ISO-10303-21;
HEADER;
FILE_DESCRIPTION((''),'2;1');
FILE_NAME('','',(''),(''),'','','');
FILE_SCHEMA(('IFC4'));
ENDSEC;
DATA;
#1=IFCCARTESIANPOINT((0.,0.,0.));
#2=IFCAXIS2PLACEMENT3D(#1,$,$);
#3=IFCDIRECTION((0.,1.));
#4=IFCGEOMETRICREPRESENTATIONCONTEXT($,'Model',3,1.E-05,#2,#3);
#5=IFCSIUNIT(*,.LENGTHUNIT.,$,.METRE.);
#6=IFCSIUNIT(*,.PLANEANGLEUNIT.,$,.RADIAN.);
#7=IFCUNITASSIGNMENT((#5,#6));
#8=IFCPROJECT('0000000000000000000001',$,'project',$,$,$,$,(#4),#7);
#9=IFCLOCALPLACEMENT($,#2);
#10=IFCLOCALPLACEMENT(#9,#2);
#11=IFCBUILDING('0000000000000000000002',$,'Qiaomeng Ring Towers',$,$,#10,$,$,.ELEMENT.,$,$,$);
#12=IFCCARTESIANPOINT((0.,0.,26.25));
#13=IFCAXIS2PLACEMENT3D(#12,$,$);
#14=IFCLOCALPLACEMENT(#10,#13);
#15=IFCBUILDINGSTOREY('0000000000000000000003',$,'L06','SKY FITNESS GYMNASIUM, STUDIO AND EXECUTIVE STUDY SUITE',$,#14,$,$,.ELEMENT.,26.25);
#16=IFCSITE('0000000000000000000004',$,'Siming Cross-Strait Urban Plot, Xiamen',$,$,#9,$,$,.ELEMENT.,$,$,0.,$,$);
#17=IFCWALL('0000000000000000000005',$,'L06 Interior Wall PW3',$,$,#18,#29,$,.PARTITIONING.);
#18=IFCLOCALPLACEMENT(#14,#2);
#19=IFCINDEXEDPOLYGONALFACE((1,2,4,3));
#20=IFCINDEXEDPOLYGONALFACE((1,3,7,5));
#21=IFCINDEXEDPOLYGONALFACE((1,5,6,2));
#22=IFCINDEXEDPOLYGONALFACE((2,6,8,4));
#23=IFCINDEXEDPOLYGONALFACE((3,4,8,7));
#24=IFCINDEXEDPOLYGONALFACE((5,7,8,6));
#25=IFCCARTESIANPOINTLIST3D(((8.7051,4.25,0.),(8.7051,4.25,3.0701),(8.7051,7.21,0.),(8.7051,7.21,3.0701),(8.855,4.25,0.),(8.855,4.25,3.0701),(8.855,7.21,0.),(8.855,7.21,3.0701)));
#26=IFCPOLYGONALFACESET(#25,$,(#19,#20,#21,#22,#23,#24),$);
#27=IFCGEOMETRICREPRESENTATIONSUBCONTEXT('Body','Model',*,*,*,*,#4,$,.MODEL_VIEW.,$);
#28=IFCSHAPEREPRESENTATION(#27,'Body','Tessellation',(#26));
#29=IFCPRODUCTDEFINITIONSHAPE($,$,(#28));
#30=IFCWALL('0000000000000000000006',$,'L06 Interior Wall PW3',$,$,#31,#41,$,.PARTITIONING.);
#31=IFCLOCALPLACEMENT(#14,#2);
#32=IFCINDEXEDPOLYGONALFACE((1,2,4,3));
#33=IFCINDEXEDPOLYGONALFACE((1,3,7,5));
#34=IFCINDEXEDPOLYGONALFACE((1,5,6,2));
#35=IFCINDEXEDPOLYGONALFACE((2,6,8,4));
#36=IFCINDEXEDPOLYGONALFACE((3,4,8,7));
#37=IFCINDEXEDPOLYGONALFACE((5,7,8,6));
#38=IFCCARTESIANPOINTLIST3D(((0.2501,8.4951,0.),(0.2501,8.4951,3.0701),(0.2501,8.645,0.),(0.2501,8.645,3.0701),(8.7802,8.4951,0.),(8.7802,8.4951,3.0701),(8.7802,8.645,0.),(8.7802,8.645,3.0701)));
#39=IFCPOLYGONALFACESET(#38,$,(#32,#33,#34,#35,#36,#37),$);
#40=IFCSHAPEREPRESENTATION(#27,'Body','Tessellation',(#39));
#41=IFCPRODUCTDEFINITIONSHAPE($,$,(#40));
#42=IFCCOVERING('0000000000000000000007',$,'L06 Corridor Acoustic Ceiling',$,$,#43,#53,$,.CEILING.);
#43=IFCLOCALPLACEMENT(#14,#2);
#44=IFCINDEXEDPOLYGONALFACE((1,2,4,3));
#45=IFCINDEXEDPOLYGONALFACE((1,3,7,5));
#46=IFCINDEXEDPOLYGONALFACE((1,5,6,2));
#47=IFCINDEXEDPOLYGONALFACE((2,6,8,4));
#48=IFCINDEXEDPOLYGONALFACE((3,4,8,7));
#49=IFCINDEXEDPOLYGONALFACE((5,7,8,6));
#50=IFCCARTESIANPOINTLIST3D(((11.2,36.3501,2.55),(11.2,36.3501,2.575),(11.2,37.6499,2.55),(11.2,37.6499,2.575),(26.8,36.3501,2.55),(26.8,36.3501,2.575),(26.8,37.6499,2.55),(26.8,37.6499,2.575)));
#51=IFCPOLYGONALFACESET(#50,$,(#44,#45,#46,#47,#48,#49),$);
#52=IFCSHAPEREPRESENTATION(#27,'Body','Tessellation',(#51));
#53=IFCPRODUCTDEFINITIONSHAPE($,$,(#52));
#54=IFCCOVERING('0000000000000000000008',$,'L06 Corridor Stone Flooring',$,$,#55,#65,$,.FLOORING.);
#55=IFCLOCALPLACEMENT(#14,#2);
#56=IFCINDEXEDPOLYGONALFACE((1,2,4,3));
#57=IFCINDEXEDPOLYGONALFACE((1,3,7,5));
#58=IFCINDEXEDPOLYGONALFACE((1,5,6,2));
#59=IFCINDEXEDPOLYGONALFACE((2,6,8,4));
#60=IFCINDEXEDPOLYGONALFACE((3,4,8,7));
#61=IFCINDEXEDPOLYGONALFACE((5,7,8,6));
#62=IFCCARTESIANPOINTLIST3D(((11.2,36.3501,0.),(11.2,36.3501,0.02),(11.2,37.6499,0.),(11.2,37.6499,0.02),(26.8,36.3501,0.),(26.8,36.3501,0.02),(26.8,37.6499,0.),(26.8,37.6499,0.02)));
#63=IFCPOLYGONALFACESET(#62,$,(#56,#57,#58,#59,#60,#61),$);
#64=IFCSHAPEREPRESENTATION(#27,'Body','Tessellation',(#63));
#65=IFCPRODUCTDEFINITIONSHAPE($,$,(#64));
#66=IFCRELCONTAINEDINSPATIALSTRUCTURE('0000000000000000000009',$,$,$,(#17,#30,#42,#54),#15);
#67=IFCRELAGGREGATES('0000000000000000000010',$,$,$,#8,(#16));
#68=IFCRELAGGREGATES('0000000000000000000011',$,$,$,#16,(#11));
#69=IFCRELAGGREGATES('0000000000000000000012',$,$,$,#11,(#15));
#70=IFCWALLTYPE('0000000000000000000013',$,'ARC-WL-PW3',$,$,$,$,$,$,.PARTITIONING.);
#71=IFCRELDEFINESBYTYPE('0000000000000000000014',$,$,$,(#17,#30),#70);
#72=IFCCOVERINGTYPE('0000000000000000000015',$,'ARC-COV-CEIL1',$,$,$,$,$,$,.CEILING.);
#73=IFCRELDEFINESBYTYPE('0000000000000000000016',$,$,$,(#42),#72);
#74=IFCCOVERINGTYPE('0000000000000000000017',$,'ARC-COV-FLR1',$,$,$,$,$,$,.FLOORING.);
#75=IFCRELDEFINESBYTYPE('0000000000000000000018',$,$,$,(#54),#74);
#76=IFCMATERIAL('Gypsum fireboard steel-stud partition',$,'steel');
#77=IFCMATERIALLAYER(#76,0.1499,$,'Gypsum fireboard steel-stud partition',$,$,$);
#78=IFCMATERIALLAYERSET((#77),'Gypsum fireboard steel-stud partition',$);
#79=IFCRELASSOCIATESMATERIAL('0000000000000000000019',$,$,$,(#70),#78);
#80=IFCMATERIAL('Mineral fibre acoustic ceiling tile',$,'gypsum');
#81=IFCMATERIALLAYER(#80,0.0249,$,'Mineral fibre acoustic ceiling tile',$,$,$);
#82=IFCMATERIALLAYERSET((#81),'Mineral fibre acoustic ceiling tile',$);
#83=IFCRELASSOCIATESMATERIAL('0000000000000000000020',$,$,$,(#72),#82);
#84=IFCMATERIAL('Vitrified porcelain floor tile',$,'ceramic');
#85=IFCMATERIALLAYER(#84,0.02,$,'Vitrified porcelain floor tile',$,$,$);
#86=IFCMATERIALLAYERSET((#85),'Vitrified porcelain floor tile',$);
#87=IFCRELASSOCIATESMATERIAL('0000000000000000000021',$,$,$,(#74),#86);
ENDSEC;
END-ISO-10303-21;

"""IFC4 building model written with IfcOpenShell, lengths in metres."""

from ifc_helpers import new_model, si_unit, direction, frame, frame_2d, origin, place, context, subcontext, project, spatial, polyline, rectangle, outline, extrude, material, layer, layer_set, type_object, element, save


model = new_model("IFC4")

# Units and contexts
model_context = context("Model", 3, precision=1e-05, world=origin(), true_north=direction((0.0, 1.0)))
body_context = subcontext(model_context, "Body", "Model", "MODEL_VIEW")
ifc_project = project(units=[si_unit("LENGTHUNIT", "METRE"), si_unit("PLANEANGLEUNIT", "RADIAN")], contexts=[model_context])

# Site, building, storey
site_placement = place(None, origin())
site = spatial("IfcSite", under=ifc_project, at=site_placement, Name="Siming Cross-Strait Urban Plot, Xiamen", CompositionType="ELEMENT", RefElevation=0.0)
building_placement = place(site_placement, origin())
building = spatial("IfcBuilding", under=site, at=building_placement, Name="Qiaomeng Ring Towers", CompositionType="ELEMENT")
storey_placement = place(building_placement, frame((0.0, 0.0, 26.25)))
storey = spatial("IfcBuildingStorey", under=building, at=storey_placement, Name="L06", Description="SKY FITNESS GYMNASIUM, STUDIO AND EXECUTIVE STUDY SUITE", CompositionType="ELEMENT", Elevation=26.25)

# Walls
ifc_material_1 = material(Name="Gypsum fireboard steel-stud partition", Category="steel")
ifc_layer_1 = layer(ifc_material_1, 0.1499, Name="Gypsum fireboard steel-stud partition")
ifc_layer_set_1 = layer_set([ifc_layer_1], Name="Gypsum fireboard steel-stud partition")
wall_type_1 = type_object("IfcWallType", Name="ARC-WL-PW3", PredefinedType="PARTITIONING", material=ifc_layer_set_1)
wall_1_placement = place(storey_placement, frame((8.78, 4.25, 0.0), z_axis=(0.0, 0.0, 1.0), x_axis=(0.0, 1.0, 0.0)))
element("IfcWall", 1, at=wall_1_placement, inside=storey, type_object=wall_type_1, Name="L06 Interior Wall PW3", PredefinedType="PARTITIONING", context=body_context, shape_type="SweptSolid", body=[
    extrude(rectangle(XDim=2.96, YDim=0.1499, at=frame_2d((1.48, 0.0))), origin(), (0.0, 0.0, 1.0), 3.0701),
])
wall_2_placement = place(storey_placement, frame((0.25, 8.5701, 0.0), z_axis=(0.0, 0.0, 1.0), x_axis=(1.0, 0.0, 0.0)))
element("IfcWall", 2, at=wall_2_placement, inside=storey, type_object=wall_type_1, Name="L06 Interior Wall PW3", PredefinedType="PARTITIONING", context=body_context, shape_type="SweptSolid", body=[
    extrude(rectangle(XDim=8.53, YDim=0.1499, at=frame_2d((4.2651, 0.0))), origin(), (0.0, 0.0, 1.0), 3.0701),
])

# Coverings
ifc_material_2 = material(Name="Mineral fibre acoustic ceiling tile", Category="gypsum")
ifc_layer_2 = layer(ifc_material_2, 0.0249, Name="Mineral fibre acoustic ceiling tile")
ifc_layer_set_2 = layer_set([ifc_layer_2], Name="Mineral fibre acoustic ceiling tile")
covering_type_1 = type_object("IfcCoveringType", Name="ARC-COV-CEIL1", PredefinedType="CEILING", material=ifc_layer_set_2)
covering_1_placement = place(storey_placement, frame((0.0, 0.0, 2.55)))
element("IfcCovering", 3, at=covering_1_placement, inside=storey, type_object=covering_type_1, Name="L06 Corridor Acoustic Ceiling", PredefinedType="CEILING", context=body_context, shape_type="SweptSolid", body=[
    extrude(outline(polyline([(11.2, 36.3501), (11.2, 37.6499), (26.8, 37.6499), (26.8, 36.3501), (11.2, 36.3501)])), origin(), (0.0, 0.0, 1.0), 0.0249),
])
ifc_material_3 = material(Name="Vitrified porcelain floor tile", Category="ceramic")
ifc_layer_3 = layer(ifc_material_3, 0.02, Name="Vitrified porcelain floor tile")
ifc_layer_set_3 = layer_set([ifc_layer_3], Name="Vitrified porcelain floor tile")
covering_type_2 = type_object("IfcCoveringType", Name="ARC-COV-FLR1", PredefinedType="FLOORING", material=ifc_layer_set_3)
covering_2_placement = place(storey_placement, origin())
element("IfcCovering", 4, at=covering_2_placement, inside=storey, type_object=covering_type_2, Name="L06 Corridor Stone Flooring", PredefinedType="FLOORING", context=body_context, shape_type="SweptSolid", body=[
    extrude(outline(polyline([(11.2, 36.3501), (11.2, 37.6499), (26.8, 37.6499), (26.8, 36.3501), (11.2, 36.3501)])), origin(), (0.0, 0.0, 1.0), 0.02),
])

save(model, "model.ifc")
